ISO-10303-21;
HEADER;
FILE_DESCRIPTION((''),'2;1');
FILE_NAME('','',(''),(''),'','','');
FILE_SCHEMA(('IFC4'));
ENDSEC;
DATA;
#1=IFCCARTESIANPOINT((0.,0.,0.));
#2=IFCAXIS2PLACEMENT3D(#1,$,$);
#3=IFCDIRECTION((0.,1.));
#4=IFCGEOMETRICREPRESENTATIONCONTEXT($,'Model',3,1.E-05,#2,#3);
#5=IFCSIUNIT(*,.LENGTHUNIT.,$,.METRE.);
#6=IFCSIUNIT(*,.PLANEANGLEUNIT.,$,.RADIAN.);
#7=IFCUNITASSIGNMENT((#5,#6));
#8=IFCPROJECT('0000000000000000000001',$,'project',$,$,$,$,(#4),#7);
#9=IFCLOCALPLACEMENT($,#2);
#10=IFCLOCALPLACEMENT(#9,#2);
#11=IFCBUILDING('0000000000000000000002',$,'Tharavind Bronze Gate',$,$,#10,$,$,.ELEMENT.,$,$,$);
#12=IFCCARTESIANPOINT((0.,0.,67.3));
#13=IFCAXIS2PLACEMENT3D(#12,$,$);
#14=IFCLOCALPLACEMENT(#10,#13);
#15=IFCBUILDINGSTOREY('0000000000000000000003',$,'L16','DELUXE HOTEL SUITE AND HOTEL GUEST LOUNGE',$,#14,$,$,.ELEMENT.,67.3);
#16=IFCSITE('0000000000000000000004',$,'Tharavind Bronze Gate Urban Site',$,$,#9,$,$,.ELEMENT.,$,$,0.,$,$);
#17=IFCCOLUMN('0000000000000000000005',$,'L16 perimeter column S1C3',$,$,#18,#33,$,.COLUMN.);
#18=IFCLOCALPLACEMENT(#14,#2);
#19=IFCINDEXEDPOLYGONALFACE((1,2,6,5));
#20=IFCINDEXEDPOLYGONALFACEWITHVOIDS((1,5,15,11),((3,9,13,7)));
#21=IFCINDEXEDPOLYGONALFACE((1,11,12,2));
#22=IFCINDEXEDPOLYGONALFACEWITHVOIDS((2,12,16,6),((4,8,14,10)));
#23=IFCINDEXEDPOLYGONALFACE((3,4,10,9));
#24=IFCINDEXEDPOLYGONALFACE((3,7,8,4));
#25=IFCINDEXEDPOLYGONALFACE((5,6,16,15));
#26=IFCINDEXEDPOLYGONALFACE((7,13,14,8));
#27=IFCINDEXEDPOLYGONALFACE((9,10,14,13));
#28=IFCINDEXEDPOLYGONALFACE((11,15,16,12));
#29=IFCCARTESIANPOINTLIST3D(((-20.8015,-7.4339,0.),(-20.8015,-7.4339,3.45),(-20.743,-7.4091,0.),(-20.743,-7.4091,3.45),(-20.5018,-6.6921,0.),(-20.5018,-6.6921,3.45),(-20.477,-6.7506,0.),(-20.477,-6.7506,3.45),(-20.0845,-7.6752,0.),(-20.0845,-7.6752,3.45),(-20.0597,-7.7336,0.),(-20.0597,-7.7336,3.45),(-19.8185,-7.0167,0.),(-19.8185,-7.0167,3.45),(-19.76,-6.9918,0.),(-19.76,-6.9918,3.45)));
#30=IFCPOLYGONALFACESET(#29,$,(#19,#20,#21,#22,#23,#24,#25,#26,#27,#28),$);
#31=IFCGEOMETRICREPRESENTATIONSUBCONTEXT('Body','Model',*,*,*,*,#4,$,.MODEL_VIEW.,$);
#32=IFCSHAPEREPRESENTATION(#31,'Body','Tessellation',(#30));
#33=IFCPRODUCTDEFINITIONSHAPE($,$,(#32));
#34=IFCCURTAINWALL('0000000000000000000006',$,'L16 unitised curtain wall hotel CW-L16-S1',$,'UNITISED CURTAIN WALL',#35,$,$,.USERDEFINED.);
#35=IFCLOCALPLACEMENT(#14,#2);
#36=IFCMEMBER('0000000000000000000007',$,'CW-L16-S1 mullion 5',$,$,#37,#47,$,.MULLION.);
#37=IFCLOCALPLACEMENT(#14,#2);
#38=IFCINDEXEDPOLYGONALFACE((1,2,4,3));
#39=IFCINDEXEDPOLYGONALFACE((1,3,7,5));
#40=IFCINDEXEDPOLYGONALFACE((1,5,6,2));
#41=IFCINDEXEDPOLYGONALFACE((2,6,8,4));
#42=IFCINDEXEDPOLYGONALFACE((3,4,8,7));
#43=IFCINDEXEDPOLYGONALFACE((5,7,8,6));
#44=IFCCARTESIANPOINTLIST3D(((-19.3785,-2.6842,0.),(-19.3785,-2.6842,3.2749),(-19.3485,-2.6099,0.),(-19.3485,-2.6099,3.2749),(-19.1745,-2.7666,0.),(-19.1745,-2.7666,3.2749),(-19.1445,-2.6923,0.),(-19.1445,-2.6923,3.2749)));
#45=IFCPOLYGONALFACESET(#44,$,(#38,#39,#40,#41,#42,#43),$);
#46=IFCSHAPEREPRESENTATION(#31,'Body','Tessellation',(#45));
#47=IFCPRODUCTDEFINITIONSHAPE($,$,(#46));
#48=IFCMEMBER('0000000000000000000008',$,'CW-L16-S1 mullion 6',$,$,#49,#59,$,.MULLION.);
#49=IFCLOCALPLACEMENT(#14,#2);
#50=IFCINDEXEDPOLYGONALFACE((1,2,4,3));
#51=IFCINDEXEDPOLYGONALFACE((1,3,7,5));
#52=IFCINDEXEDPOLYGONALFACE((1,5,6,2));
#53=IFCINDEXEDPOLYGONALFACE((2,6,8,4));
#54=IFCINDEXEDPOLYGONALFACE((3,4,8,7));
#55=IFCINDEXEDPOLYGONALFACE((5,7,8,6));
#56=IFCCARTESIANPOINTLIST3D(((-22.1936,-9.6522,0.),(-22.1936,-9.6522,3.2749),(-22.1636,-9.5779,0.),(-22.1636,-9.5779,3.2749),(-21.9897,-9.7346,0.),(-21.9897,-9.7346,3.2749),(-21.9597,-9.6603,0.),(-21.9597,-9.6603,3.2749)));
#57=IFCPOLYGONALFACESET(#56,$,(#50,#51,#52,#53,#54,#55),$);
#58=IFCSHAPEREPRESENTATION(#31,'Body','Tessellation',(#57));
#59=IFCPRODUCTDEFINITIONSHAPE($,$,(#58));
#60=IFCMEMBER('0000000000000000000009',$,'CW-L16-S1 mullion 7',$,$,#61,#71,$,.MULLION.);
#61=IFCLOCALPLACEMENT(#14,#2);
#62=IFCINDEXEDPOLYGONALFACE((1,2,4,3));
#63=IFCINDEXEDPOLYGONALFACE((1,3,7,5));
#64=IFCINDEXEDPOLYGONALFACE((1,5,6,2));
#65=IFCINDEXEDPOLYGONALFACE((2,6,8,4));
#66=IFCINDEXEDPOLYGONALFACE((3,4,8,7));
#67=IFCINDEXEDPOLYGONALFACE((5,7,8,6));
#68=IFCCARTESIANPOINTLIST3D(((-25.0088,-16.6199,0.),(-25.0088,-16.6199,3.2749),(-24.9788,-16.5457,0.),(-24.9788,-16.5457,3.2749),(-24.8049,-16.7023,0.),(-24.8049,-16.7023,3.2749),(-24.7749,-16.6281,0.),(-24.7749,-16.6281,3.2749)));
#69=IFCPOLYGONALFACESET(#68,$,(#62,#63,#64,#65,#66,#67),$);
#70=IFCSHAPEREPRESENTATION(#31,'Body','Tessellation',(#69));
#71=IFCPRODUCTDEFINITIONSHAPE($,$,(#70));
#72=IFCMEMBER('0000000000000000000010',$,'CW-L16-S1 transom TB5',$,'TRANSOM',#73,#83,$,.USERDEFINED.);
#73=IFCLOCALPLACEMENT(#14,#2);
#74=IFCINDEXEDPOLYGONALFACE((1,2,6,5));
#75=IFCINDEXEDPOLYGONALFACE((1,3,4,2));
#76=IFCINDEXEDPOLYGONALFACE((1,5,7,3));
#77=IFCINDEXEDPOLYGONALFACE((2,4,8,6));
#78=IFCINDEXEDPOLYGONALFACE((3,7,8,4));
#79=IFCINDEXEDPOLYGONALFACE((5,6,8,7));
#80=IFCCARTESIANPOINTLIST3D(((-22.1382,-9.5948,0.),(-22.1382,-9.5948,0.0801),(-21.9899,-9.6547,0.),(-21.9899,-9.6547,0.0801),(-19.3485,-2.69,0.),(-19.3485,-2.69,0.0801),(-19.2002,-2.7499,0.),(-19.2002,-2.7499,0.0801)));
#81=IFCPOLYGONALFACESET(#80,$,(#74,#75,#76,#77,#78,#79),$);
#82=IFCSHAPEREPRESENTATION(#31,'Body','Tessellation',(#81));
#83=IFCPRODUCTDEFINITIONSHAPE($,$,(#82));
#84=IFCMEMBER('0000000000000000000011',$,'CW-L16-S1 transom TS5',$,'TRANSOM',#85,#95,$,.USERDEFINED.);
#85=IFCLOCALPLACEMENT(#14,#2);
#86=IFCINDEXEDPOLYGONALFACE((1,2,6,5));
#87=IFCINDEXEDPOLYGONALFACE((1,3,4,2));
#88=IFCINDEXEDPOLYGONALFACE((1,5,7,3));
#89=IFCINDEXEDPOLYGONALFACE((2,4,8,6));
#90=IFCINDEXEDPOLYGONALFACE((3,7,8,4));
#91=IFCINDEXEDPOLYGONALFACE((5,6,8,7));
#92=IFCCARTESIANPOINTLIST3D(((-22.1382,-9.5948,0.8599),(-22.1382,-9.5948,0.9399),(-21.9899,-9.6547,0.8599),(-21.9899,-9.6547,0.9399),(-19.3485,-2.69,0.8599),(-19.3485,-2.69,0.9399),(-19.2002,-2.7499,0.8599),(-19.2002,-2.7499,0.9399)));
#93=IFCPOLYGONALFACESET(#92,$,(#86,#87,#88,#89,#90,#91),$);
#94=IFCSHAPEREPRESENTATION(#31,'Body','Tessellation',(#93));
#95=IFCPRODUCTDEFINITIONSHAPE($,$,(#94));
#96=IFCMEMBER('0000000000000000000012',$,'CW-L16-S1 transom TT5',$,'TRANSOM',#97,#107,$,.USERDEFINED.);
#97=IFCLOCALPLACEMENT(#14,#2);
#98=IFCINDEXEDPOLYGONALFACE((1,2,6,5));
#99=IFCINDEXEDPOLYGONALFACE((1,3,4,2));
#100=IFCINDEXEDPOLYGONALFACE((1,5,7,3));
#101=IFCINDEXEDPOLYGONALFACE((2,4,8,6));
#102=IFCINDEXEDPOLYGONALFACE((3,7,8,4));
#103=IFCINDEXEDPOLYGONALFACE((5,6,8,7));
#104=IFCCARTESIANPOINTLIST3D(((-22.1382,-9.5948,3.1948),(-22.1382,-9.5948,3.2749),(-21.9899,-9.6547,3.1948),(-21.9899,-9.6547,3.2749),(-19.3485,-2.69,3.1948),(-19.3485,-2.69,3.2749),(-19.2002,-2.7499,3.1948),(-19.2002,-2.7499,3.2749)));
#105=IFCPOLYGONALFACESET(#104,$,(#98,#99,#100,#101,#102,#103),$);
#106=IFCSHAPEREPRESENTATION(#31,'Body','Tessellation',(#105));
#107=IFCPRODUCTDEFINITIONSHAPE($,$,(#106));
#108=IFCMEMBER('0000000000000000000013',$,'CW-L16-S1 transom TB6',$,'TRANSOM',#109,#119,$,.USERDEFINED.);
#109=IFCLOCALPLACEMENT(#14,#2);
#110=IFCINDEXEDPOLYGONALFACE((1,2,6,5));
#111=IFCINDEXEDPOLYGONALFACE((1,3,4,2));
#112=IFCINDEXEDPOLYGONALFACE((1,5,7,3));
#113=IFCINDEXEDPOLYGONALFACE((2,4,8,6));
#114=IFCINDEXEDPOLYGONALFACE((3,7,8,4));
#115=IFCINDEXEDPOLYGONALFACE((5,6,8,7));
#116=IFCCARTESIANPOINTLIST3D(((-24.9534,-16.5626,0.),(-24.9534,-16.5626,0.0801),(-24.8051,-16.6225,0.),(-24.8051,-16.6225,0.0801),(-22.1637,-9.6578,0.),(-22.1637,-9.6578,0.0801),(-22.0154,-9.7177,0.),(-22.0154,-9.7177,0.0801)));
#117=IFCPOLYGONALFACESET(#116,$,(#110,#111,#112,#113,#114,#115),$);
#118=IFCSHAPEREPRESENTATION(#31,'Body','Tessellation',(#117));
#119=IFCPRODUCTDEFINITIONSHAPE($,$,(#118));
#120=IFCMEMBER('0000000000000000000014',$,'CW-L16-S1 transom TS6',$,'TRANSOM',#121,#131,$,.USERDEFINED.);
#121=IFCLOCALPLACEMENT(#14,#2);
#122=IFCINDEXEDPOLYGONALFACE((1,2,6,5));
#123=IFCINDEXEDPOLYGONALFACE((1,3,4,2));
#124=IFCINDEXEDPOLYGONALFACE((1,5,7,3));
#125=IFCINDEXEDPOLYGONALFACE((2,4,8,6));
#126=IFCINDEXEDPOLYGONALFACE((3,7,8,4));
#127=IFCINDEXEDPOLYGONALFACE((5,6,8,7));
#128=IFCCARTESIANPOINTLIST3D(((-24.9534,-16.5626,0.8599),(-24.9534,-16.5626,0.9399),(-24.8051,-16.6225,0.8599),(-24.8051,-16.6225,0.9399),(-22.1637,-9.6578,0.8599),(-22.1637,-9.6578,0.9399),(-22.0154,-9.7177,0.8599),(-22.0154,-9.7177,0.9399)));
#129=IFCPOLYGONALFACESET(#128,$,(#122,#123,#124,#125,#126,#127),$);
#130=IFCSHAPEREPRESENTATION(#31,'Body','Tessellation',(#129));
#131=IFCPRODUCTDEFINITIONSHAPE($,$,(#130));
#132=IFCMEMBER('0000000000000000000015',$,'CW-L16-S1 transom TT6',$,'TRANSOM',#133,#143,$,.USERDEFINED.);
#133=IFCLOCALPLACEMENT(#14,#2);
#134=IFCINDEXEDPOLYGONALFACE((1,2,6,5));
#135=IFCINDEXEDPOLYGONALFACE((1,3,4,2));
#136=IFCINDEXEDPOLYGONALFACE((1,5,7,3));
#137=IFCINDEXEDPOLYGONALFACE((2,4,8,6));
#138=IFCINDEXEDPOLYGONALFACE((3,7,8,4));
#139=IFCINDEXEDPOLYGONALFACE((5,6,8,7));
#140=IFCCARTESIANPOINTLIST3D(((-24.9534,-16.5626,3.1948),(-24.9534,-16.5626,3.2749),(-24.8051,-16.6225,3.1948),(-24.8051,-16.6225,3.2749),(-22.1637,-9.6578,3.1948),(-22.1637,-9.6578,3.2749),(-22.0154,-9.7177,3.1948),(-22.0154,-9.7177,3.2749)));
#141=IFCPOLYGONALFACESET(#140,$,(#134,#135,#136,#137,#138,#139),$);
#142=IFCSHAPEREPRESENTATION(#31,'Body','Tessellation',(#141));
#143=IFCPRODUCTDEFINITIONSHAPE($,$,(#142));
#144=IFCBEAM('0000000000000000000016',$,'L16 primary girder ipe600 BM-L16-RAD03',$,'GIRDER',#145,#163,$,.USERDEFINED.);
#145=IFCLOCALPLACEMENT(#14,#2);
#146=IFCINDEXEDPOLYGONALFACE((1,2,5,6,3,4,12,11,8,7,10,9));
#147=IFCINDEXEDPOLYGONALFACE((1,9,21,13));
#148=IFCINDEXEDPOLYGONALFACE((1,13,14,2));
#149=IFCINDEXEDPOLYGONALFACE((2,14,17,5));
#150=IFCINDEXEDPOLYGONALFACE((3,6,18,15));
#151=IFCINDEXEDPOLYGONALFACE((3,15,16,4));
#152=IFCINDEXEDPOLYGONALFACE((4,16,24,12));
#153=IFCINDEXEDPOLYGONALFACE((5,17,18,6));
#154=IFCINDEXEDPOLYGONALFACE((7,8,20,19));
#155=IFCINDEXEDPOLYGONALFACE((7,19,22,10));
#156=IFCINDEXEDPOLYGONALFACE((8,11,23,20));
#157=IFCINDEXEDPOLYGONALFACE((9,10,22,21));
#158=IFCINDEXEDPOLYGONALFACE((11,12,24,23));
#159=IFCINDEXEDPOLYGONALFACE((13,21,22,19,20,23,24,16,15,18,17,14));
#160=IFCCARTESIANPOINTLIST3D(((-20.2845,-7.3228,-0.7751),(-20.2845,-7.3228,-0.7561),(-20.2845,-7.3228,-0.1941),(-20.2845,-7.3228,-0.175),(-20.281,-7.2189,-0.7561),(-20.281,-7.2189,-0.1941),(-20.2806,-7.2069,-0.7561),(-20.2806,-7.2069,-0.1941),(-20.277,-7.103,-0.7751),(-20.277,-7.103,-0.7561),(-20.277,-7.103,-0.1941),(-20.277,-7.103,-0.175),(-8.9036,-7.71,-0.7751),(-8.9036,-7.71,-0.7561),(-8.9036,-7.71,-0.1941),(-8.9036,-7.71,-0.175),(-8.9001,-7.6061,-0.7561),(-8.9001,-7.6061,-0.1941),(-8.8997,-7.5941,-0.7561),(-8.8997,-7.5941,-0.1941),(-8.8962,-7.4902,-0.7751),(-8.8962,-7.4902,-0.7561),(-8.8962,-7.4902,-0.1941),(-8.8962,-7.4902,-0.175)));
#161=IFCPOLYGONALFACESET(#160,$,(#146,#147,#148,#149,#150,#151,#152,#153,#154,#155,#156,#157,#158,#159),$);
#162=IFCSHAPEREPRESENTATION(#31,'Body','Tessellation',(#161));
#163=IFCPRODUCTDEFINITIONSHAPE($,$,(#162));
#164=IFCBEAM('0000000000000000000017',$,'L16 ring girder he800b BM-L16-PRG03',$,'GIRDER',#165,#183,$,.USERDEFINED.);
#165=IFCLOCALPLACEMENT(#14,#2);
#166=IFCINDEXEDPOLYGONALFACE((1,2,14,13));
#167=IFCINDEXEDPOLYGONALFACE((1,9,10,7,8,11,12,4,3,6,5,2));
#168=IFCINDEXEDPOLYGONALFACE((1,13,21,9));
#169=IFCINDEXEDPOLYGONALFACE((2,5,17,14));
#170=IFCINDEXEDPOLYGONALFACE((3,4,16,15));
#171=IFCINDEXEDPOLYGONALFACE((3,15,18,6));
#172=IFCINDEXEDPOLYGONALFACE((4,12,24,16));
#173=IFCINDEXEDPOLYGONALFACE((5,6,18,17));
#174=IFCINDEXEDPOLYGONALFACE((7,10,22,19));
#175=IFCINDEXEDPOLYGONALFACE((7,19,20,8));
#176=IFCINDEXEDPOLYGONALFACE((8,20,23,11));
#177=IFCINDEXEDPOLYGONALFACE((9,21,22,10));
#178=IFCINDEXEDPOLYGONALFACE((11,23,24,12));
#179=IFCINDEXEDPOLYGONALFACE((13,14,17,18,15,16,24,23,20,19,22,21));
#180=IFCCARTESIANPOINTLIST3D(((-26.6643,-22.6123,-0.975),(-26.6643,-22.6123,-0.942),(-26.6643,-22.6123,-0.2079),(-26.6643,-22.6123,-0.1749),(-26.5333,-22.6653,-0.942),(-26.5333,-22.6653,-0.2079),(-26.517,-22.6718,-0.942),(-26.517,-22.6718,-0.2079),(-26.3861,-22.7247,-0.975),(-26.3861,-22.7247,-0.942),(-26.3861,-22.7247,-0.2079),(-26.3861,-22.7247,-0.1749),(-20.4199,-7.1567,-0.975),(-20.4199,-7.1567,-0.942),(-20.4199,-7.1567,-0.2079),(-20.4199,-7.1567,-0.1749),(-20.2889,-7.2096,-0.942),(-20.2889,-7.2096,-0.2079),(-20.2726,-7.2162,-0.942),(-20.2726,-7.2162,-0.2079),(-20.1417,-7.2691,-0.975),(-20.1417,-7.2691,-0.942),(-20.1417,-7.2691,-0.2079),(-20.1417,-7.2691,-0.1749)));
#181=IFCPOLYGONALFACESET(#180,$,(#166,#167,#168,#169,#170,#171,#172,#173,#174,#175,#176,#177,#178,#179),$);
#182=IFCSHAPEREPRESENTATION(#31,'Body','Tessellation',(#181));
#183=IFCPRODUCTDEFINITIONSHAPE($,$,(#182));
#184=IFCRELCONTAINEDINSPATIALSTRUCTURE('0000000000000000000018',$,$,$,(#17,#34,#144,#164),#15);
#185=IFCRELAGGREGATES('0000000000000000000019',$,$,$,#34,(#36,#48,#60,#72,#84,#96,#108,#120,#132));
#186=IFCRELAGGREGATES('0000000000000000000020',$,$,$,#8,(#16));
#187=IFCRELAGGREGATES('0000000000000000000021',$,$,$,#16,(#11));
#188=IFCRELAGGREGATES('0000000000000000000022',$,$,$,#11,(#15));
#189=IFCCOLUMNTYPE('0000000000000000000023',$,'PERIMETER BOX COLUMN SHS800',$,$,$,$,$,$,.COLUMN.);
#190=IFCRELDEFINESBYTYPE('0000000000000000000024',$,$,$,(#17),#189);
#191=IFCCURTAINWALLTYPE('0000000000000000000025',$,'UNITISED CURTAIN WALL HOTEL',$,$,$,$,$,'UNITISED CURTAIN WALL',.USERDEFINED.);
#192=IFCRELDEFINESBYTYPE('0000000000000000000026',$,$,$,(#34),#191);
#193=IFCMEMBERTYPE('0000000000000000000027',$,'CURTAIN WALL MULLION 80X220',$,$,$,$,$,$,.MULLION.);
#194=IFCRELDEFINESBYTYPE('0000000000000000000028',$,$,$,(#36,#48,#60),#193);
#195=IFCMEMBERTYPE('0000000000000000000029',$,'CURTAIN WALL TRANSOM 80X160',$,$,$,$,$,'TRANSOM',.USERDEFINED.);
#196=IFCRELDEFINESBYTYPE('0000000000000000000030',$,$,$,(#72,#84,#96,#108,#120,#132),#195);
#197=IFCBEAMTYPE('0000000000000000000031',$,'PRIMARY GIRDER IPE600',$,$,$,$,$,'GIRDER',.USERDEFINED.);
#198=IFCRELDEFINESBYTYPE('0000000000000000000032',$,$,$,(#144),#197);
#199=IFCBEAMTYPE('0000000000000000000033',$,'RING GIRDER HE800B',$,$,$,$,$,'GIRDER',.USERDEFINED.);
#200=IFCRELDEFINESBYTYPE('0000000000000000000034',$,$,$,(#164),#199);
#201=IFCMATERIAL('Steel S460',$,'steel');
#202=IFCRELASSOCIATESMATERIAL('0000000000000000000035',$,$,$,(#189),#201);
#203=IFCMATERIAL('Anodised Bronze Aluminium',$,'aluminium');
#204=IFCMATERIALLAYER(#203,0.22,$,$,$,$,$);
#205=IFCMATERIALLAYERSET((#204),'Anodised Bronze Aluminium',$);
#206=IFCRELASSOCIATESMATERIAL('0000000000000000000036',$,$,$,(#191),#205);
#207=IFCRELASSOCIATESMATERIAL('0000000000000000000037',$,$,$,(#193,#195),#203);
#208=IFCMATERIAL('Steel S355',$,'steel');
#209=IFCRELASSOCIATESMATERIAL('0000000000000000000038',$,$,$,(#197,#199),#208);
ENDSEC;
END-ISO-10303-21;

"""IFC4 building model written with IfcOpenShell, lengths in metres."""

from ifc_helpers import new_model, si_unit, direction, frame, origin, origin_2d, place, context, subcontext, project, spatial, rectangle, hollow_rectangle, i_section, extrude, material, layer, layer_set, material_profile, profile_set, type_object, element, aggregate, save


model = new_model("IFC4")

# Units and contexts
model_context = context("Model", 3, precision=1e-05, world=origin(), true_north=direction((0.0, 1.0)))
body_context = subcontext(model_context, "Body", "Model", "MODEL_VIEW")
ifc_project = project(units=[si_unit("LENGTHUNIT", "METRE"), si_unit("PLANEANGLEUNIT", "RADIAN")], contexts=[model_context])

# Site, building, storey
site_placement = place(None, origin())
site = spatial("IfcSite", under=ifc_project, at=site_placement, Name="Tharavind Bronze Gate Urban Site", CompositionType="ELEMENT", RefElevation=0.0)
building_placement = place(site_placement, origin())
building = spatial("IfcBuilding", under=site, at=building_placement, Name="Tharavind Bronze Gate", CompositionType="ELEMENT")
storey_placement = place(building_placement, frame((0.0, 0.0, 67.3)))
storey = spatial("IfcBuildingStorey", under=building, at=storey_placement, Name="L16", Description="DELUXE HOTEL SUITE AND HOTEL GUEST LOUNGE", CompositionType="ELEMENT", Elevation=67.3)

# Column
ifc_material_1 = material(Name="Steel S460", Category="steel")
ifc_material_profile_1 = material_profile(ifc_material_1, hollow_rectangle(XDim=0.8, YDim=0.8, WallThickness=0.0449, at=origin_2d()), Name="SHS800X45")
ifc_profile_set_1 = profile_set([ifc_material_profile_1], Name="Steel S460")
column_type = type_object("IfcColumnType", Name="PERIMETER BOX COLUMN SHS800", PredefinedType="COLUMN", material=ifc_profile_set_1)
column_placement = place(storey_placement, frame((-20.2808, -7.2129, 0.0), z_axis=(0.0, 0.0, 1.0), x_axis=(0.374608, 0.927183, 0.0)))
element("IfcColumn", 1, at=column_placement, inside=storey, type_object=column_type, Name="L16 perimeter column S1C3", PredefinedType="COLUMN", context=body_context, shape_type="SweptSolid", body=[
    extrude(hollow_rectangle(XDim=0.8, YDim=0.8, WallThickness=0.0449, at=origin_2d()), origin(), (0.0, 0.0, 1.0), 3.45),
])

# Curtain wall, members
ifc_material_2 = material(Name="Anodised Bronze Aluminium", Category="aluminium")
ifc_layer_1 = layer(ifc_material_2, 0.22)
ifc_layer_set_1 = layer_set([ifc_layer_1], Name="Anodised Bronze Aluminium")
curtain_wall_type = type_object("IfcCurtainWallType", Name="UNITISED CURTAIN WALL HOTEL", ElementType="UNITISED CURTAIN WALL", PredefinedType="USERDEFINED", material=ifc_layer_set_1)
curtain_wall_placement = place(storey_placement, origin())
curtain_wall = element("IfcCurtainWall", 2, at=curtain_wall_placement, inside=storey, type_object=curtain_wall_type, Name="L16 unitised curtain wall hotel CW-L16-S1", ObjectType="UNITISED CURTAIN WALL", PredefinedType="USERDEFINED")
member_type_1 = type_object("IfcMemberType", Name="CURTAIN WALL MULLION 80X220", PredefinedType="MULLION", material=ifc_material_2)
member_1_placement = place(storey_placement, frame((-19.2615, -2.6882, 0.0), z_axis=(0.0, 0.0, 1.0), x_axis=(-0.374607, -0.927184, 0.0)))
member_1 = element("IfcMember", 3, at=member_1_placement, type_object=member_type_1, Name="CW-L16-S1 mullion 5", PredefinedType="MULLION", context=body_context, shape_type="SweptSolid", body=[
    extrude(rectangle(XDim=0.0801, YDim=0.22, at=origin_2d()), origin(), (0.0, 0.0, 1.0), 3.2749),
])
member_2_placement = place(storey_placement, frame((-22.0767, -9.6562, 0.0), z_axis=(0.0, 0.0, 1.0), x_axis=(-0.374607, -0.927184, 0.0)))
member_2 = element("IfcMember", 4, at=member_2_placement, type_object=member_type_1, Name="CW-L16-S1 mullion 6", PredefinedType="MULLION", context=body_context, shape_type="SweptSolid", body=[
    extrude(rectangle(XDim=0.0801, YDim=0.22, at=origin_2d()), origin(), (0.0, 0.0, 1.0), 3.2749),
])
member_3_placement = place(storey_placement, frame((-24.8918, -16.624, 0.0), z_axis=(0.0, 0.0, 1.0), x_axis=(-0.374607, -0.927184, 0.0)))
member_3 = element("IfcMember", 5, at=member_3_placement, type_object=member_type_1, Name="CW-L16-S1 mullion 7", PredefinedType="MULLION", context=body_context, shape_type="SweptSolid", body=[
    extrude(rectangle(XDim=0.0801, YDim=0.22, at=origin_2d()), origin(), (0.0, 0.0, 1.0), 3.2749),
])
member_type_2 = type_object("IfcMemberType", Name="CURTAIN WALL TRANSOM 80X160", ElementType="TRANSOM", PredefinedType="USERDEFINED", material=ifc_material_2)
member_4_placement = place(storey_placement, frame((-20.6692, -6.1724, 0.0), z_axis=(0.0, 0.0, 1.0), x_axis=(-0.374607, -0.927184, 0.0)))
member_4 = element("IfcMember", 6, at=member_4_placement, type_object=member_type_2, Name="CW-L16-S1 transom TB5", ObjectType="TRANSOM", PredefinedType="USERDEFINED", context=body_context, shape_type="SweptSolid", body=[
    extrude(rectangle(XDim=7.447, YDim=0.1599, at=origin_2d()), origin(), (0.0, 0.0, 1.0), 0.0801),
])
member_5_placement = place(storey_placement, frame((-20.6692, -6.1724, 0.8599), z_axis=(0.0, 0.0, 1.0), x_axis=(-0.374607, -0.927184, 0.0)))
member_5 = element("IfcMember", 7, at=member_5_placement, type_object=member_type_2, Name="CW-L16-S1 transom TS5", ObjectType="TRANSOM", PredefinedType="USERDEFINED", context=body_context, shape_type="SweptSolid", body=[
    extrude(rectangle(XDim=7.447, YDim=0.1599, at=origin_2d()), origin(), (0.0, 0.0, 1.0), 0.0801),
])
member_6_placement = place(storey_placement, frame((-20.6692, -6.1724, 3.1948), z_axis=(0.0, 0.0, 1.0), x_axis=(-0.374607, -0.927184, 0.0)))
member_6 = element("IfcMember", 8, at=member_6_placement, type_object=member_type_2, Name="CW-L16-S1 transom TT5", ObjectType="TRANSOM", PredefinedType="USERDEFINED", context=body_context, shape_type="SweptSolid", body=[
    extrude(rectangle(XDim=7.447, YDim=0.1599, at=origin_2d()), origin(), (0.0, 0.0, 1.0), 0.0801),
])
member_7_placement = place(storey_placement, frame((-23.4844, -13.1401, 0.0), z_axis=(0.0, 0.0, 1.0), x_axis=(-0.374607, -0.927184, 0.0)))
member_7 = element("IfcMember", 9, at=member_7_placement, type_object=member_type_2, Name="CW-L16-S1 transom TB6", ObjectType="TRANSOM", PredefinedType="USERDEFINED", context=body_context, shape_type="SweptSolid", body=[
    extrude(rectangle(XDim=7.447, YDim=0.1599, at=origin_2d()), origin(), (0.0, 0.0, 1.0), 0.0801),
])
member_8_placement = place(storey_placement, frame((-23.4844, -13.1401, 0.8599), z_axis=(0.0, 0.0, 1.0), x_axis=(-0.374607, -0.927184, 0.0)))
member_8 = element("IfcMember", 10, at=member_8_placement, type_object=member_type_2, Name="CW-L16-S1 transom TS6", ObjectType="TRANSOM", PredefinedType="USERDEFINED", context=body_context, shape_type="SweptSolid", body=[
    extrude(rectangle(XDim=7.447, YDim=0.1599, at=origin_2d()), origin(), (0.0, 0.0, 1.0), 0.0801),
])
member_9_placement = place(storey_placement, frame((-23.4844, -13.1401, 3.1948), z_axis=(0.0, 0.0, 1.0), x_axis=(-0.374607, -0.927184, 0.0)))
member_9 = element("IfcMember", 11, at=member_9_placement, type_object=member_type_2, Name="CW-L16-S1 transom TT6", ObjectType="TRANSOM", PredefinedType="USERDEFINED", context=body_context, shape_type="SweptSolid", body=[
    extrude(rectangle(XDim=7.447, YDim=0.1599, at=origin_2d()), origin(), (0.0, 0.0, 1.0), 0.0801),
])

# Beams
ifc_material_3 = material(Name="Steel S355", Category="steel")
ifc_material_profile_2 = material_profile(ifc_material_3, i_section(OverallWidth=0.22, OverallDepth=0.6001, WebThickness=0.012, FlangeThickness=0.019, at=origin_2d()), Name="IPE600")
ifc_profile_set_2 = profile_set([ifc_material_profile_2], Name="Steel S355")
beam_type_1 = type_object("IfcBeamType", Name="PRIMARY GIRDER IPE600", ElementType="GIRDER", PredefinedType="USERDEFINED", material=ifc_profile_set_2)
beam_1_placement = place(storey_placement, frame((-20.2808, -7.2129, -0.4751), z_axis=(0.999422, -0.034003, 0.0), x_axis=(0.034003, 0.999422, 0.0)))
element("IfcBeam", 12, at=beam_1_placement, inside=storey, type_object=beam_type_1, Name="L16 primary girder ipe600 BM-L16-RAD03", ObjectType="GIRDER", PredefinedType="USERDEFINED", context=body_context, shape_type="SweptSolid", body=[
    extrude(i_section(OverallWidth=0.22, OverallDepth=0.6001, WebThickness=0.012, FlangeThickness=0.019, at=origin_2d()), origin(), (0.0, 0.0, 1.0), 11.3875),
])
ifc_material_profile_3 = material_profile(ifc_material_3, i_section(OverallWidth=0.3, OverallDepth=0.8, WebThickness=0.0176, FlangeThickness=0.033, at=origin_2d()), Name="HE800B")
ifc_profile_set_3 = profile_set([ifc_material_profile_3], Name="Steel S355")
beam_type_2 = type_object("IfcBeamType", Name="RING GIRDER HE800B", ElementType="GIRDER", PredefinedType="USERDEFINED", material=ifc_profile_set_3)
beam_2_placement = place(storey_placement, frame((-20.2808, -7.2129, -0.575), z_axis=(-0.374603, -0.927185, 0.0), x_axis=(0.927185, -0.374603, 0.0)))
element("IfcBeam", 13, at=beam_2_placement, inside=storey, type_object=beam_type_2, Name="L16 ring girder he800b BM-L16-PRG03", ObjectType="GIRDER", PredefinedType="USERDEFINED", context=body_context, shape_type="SweptSolid", body=[
    extrude(i_section(OverallWidth=0.3, OverallDepth=0.8, WebThickness=0.0176, FlangeThickness=0.033, at=origin_2d()), origin(), (0.0, 0.0, 1.0), 16.6694),
])

aggregate(curtain_wall, [member_1, member_2, member_3, member_4, member_5, member_6, member_7, member_8, member_9])

save(model, "model.ifc")
